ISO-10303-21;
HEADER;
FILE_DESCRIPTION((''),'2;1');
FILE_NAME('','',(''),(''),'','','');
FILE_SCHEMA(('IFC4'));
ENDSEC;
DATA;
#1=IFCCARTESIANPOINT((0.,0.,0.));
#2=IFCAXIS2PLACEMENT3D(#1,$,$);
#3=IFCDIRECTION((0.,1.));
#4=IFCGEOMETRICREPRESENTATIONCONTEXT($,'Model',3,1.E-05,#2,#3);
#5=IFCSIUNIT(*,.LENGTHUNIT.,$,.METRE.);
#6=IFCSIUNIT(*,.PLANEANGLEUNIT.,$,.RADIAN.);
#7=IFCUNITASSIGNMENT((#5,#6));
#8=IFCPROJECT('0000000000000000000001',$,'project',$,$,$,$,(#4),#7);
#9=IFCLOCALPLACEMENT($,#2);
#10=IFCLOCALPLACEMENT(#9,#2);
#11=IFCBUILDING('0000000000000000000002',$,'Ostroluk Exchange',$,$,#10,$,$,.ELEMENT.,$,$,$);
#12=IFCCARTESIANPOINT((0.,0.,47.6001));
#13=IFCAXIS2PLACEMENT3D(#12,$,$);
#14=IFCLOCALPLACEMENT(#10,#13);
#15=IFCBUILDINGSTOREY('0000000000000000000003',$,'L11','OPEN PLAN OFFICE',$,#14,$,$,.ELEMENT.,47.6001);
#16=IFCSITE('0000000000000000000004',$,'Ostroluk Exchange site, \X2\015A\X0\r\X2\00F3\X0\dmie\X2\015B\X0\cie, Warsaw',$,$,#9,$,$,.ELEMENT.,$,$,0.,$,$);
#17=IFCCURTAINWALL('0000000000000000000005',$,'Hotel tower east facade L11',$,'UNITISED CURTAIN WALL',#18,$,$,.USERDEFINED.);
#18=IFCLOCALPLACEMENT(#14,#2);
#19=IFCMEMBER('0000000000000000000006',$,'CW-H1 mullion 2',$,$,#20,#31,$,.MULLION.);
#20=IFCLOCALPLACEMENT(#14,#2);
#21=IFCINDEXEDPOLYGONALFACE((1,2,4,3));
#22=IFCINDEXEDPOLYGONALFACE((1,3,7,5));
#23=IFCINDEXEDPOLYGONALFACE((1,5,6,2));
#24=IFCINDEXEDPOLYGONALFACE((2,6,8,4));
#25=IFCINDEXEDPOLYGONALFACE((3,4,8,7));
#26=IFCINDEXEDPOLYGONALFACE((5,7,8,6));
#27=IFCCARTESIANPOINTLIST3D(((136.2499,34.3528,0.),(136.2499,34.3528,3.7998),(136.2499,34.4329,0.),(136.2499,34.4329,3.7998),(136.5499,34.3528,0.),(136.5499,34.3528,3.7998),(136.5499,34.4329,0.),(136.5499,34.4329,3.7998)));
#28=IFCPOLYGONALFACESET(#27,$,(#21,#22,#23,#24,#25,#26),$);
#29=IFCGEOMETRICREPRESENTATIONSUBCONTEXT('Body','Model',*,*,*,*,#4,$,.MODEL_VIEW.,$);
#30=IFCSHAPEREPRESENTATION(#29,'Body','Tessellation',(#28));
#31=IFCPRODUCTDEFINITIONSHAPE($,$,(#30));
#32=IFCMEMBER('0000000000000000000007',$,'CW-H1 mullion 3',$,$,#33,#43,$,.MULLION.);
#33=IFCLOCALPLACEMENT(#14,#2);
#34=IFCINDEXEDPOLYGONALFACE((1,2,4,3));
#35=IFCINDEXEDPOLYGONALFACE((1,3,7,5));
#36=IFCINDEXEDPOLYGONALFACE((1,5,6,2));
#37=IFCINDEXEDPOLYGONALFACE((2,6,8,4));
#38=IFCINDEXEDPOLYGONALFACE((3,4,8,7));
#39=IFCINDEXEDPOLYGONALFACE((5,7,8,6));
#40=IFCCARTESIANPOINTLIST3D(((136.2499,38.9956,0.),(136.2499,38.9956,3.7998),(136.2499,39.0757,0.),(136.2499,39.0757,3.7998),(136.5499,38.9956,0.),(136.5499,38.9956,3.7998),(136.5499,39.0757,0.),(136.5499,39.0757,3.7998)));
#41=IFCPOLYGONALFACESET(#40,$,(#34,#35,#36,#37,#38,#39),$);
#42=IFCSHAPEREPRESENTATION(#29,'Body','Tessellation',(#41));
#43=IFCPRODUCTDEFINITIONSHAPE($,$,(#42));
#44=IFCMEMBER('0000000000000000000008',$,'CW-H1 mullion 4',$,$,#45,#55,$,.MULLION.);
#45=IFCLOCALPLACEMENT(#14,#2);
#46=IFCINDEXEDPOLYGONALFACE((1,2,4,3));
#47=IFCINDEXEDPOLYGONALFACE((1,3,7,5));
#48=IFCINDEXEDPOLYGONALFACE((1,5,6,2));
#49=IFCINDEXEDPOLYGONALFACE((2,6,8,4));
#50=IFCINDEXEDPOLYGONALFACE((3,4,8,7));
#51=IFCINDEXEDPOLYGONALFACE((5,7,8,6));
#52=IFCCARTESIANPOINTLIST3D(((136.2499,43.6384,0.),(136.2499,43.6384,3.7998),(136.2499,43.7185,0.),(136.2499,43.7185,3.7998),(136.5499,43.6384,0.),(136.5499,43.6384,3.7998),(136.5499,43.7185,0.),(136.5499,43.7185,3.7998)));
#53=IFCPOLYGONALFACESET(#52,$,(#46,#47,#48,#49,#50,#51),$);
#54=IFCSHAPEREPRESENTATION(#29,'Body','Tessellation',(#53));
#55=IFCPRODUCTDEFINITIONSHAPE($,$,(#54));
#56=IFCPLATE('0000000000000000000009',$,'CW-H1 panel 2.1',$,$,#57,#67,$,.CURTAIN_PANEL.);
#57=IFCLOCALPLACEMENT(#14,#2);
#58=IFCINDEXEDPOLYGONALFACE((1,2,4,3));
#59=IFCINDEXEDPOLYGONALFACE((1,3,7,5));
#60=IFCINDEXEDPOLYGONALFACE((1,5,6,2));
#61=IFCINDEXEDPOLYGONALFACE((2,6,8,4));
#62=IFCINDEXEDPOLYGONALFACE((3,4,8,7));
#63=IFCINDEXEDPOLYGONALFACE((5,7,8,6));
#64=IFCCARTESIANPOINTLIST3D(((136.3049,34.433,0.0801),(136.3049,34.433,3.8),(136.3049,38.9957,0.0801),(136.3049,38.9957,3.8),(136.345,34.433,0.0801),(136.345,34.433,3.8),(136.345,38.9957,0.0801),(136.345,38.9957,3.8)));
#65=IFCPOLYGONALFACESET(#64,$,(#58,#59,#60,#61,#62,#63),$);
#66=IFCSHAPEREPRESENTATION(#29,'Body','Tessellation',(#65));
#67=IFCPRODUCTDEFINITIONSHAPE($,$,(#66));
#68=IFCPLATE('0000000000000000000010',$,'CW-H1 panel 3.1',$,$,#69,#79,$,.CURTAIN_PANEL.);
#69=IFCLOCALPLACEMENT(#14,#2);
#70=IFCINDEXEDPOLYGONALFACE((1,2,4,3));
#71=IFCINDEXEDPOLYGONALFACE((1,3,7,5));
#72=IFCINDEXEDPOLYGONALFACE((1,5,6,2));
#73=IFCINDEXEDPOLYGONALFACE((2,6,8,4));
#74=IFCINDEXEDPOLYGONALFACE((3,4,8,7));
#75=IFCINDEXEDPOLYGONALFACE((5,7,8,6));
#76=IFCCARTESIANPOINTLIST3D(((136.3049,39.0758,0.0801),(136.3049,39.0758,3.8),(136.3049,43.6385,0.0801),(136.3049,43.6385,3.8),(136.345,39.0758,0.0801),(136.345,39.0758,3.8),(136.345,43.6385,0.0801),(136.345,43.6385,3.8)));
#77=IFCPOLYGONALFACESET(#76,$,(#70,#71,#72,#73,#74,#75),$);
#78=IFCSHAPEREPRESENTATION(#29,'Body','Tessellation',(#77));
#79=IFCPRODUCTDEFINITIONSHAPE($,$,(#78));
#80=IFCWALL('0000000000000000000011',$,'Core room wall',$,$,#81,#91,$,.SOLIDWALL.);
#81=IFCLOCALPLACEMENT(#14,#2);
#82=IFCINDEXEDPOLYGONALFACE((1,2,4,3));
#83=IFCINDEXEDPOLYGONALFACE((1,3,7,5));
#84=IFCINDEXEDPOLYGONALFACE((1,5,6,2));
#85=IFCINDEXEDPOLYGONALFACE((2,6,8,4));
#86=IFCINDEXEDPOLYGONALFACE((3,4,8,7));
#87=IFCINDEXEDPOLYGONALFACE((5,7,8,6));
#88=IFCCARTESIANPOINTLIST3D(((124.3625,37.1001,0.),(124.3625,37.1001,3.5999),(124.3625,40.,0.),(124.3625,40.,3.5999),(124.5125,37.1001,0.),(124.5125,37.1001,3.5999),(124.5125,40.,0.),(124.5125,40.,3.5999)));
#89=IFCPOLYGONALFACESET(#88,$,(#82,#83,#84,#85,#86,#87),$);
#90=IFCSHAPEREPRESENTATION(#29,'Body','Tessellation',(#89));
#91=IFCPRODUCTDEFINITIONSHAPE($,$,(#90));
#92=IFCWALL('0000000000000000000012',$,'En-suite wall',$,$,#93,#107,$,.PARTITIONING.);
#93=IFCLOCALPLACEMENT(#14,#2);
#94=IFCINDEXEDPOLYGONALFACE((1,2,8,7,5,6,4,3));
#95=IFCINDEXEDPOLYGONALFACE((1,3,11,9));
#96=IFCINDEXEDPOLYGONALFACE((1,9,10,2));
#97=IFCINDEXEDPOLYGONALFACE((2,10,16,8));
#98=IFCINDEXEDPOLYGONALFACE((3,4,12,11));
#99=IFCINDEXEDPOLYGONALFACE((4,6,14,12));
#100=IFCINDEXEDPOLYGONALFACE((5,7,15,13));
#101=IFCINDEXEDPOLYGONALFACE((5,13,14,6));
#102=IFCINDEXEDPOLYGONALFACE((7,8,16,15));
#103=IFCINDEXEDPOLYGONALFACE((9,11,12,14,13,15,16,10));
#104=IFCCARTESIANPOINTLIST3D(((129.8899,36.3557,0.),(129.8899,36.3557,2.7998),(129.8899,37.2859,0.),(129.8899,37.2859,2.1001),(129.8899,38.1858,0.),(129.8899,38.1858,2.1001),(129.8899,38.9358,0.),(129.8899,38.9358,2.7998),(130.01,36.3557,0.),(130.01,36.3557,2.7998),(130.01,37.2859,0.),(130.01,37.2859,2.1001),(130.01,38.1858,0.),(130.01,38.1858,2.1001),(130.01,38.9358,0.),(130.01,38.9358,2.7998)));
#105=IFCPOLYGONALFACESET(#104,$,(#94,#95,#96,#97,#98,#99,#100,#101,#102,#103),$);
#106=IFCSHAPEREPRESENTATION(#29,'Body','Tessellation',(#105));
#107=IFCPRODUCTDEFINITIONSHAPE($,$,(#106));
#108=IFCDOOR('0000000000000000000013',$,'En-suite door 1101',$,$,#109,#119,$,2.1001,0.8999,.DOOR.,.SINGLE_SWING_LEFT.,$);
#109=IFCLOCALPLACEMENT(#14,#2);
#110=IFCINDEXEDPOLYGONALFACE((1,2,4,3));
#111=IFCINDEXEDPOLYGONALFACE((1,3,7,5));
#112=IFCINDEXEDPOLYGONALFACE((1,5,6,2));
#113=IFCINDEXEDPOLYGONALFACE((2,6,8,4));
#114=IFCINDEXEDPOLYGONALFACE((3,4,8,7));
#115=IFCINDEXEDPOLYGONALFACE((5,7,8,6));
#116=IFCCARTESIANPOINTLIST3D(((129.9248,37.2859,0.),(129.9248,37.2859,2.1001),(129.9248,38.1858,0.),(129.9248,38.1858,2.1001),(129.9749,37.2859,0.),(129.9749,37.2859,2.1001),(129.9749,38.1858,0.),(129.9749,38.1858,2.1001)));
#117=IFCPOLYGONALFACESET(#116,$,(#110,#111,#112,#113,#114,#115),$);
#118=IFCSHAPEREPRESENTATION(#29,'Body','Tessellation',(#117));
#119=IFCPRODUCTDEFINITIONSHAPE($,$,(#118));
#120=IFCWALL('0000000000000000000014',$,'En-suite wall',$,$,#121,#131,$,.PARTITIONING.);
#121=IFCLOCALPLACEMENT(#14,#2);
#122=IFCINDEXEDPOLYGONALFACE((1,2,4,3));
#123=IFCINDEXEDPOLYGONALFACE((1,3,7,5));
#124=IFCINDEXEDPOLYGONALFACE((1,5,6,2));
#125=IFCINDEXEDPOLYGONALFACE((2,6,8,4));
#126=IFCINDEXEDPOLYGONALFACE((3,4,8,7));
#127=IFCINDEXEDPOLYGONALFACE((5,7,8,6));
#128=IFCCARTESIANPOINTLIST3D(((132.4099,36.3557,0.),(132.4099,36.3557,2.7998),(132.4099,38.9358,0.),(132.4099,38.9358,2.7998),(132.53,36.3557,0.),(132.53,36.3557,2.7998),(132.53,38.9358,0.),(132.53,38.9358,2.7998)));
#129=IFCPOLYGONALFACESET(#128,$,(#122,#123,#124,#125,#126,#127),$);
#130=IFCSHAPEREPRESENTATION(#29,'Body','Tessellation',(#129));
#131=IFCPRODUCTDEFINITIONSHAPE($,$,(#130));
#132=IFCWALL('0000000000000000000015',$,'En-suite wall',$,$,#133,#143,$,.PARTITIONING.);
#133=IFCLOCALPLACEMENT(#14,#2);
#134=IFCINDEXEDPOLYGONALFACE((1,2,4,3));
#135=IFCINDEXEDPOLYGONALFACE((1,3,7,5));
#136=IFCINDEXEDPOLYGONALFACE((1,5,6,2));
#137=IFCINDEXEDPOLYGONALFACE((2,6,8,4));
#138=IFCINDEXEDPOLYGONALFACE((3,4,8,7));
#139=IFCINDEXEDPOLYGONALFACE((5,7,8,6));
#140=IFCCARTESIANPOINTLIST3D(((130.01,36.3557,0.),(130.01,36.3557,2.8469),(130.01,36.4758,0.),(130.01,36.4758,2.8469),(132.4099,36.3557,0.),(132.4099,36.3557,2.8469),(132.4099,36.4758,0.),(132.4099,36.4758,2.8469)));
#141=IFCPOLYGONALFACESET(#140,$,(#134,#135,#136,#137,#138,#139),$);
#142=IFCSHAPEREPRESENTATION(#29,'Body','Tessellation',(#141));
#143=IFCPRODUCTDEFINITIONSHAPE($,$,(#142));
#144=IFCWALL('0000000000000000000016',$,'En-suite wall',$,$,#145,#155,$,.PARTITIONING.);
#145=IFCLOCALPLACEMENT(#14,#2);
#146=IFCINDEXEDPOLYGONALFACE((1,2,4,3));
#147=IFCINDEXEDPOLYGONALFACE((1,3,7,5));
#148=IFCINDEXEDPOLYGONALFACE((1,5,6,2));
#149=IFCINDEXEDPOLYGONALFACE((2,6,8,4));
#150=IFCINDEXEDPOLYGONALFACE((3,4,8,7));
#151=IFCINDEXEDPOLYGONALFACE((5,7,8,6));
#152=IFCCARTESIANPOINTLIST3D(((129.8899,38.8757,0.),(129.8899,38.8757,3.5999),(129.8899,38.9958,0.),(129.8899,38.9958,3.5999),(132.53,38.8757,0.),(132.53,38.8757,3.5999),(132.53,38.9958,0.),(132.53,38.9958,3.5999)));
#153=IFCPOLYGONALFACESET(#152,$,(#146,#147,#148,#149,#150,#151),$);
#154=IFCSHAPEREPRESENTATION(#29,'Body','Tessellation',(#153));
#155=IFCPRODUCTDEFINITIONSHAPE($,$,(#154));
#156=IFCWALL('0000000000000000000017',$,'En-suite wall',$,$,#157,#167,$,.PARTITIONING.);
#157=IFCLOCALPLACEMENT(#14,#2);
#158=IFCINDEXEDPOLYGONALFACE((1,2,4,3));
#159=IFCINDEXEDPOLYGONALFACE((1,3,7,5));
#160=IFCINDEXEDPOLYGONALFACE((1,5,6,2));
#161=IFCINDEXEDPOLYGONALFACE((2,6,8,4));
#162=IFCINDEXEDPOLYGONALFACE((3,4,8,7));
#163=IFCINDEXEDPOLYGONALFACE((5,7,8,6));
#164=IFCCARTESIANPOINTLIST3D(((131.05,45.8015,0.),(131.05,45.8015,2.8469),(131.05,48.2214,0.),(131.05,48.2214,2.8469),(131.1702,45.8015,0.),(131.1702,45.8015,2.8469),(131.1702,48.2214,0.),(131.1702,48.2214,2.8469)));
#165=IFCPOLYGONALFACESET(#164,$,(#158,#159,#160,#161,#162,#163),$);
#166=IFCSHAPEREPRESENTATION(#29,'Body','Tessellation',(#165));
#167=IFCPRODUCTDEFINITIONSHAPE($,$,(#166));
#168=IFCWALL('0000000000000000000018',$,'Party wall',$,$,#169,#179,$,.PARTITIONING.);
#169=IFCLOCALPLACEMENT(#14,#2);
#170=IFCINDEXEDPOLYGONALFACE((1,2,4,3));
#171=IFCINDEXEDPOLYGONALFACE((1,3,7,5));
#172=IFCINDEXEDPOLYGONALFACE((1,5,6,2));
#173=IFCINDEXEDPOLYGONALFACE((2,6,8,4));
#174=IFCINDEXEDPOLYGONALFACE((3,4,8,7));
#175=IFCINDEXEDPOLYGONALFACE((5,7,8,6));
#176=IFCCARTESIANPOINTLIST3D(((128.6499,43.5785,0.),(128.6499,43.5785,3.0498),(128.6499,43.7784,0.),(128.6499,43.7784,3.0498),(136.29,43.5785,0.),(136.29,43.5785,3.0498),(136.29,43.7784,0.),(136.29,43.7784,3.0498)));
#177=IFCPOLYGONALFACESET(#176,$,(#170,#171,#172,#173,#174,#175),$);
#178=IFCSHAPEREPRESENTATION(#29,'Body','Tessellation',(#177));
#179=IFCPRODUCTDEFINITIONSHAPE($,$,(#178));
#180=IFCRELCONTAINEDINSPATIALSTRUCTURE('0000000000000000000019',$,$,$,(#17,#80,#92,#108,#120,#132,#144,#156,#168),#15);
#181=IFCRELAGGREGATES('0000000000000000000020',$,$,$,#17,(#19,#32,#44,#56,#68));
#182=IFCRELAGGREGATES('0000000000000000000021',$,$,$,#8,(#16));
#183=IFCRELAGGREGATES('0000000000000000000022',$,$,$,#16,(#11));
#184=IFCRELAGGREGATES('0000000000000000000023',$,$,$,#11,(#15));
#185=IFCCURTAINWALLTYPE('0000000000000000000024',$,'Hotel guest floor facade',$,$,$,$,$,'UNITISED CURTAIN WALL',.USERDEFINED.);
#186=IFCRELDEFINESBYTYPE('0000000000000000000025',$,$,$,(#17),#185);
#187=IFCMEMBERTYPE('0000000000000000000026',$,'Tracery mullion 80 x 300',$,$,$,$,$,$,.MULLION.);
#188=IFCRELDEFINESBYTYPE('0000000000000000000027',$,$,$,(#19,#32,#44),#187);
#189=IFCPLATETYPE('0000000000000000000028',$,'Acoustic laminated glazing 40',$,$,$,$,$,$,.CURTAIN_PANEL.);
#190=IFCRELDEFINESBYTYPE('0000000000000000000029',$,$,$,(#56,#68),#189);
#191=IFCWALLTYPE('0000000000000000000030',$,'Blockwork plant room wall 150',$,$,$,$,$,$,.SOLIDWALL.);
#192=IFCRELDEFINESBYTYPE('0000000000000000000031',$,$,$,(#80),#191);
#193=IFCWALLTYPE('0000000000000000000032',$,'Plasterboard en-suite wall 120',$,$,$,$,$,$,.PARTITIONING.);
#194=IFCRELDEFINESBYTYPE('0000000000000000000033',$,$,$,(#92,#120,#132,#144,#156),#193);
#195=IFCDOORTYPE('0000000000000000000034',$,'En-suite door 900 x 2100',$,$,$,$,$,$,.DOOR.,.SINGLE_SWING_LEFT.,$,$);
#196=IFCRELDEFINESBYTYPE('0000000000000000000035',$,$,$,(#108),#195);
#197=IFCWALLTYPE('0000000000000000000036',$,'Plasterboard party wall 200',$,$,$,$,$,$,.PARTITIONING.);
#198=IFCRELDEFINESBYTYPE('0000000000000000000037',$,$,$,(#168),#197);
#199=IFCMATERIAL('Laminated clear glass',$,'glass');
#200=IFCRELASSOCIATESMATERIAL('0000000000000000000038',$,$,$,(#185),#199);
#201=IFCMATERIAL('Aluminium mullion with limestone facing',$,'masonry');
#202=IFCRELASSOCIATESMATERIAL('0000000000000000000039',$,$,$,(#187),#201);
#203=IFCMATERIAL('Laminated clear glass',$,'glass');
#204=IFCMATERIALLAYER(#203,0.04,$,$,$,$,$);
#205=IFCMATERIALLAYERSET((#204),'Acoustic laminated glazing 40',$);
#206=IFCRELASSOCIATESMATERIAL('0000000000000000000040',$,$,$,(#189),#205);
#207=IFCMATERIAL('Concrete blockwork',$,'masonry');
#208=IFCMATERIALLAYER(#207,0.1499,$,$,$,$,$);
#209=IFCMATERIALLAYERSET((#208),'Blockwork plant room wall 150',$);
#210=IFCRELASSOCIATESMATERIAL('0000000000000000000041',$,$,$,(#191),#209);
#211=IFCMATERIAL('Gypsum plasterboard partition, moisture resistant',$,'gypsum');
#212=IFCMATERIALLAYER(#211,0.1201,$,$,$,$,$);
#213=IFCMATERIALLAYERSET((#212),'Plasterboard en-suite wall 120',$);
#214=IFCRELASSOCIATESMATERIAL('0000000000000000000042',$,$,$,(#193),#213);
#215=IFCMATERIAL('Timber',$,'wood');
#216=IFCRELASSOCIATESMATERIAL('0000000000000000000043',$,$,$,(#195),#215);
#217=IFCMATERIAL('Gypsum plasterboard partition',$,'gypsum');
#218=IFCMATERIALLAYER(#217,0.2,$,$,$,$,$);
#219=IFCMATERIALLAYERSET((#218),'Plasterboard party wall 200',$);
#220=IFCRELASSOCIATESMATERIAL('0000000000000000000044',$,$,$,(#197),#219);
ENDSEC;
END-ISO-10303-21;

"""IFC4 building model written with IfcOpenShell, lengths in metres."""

from ifc_helpers import new_model, si_unit, direction, frame, frame_2d, origin, origin_2d, place, context, subcontext, project, spatial, rectangle, extrude, material, layer, layer_set, material_profile, profile_set, type_object, element, fill, aggregate, save


model = new_model("IFC4")

# Units and contexts
model_context = context("Model", 3, precision=1e-05, world=origin(), true_north=direction((0.0, 1.0)))
body_context = subcontext(model_context, "Body", "Model", "MODEL_VIEW")
ifc_project = project(units=[si_unit("LENGTHUNIT", "METRE"), si_unit("PLANEANGLEUNIT", "RADIAN")], contexts=[model_context])

# Site, building, storey
site_placement = place(None, origin())
site = spatial("IfcSite", under=ifc_project, at=site_placement, Name="Ostroluk Exchange site, Śródmieście, Warsaw", CompositionType="ELEMENT", RefElevation=0.0)
building_placement = place(site_placement, origin())
building = spatial("IfcBuilding", under=site, at=building_placement, Name="Ostroluk Exchange", CompositionType="ELEMENT")
storey_placement = place(building_placement, frame((0.0, 0.0, 47.6001)))
storey = spatial("IfcBuildingStorey", under=building, at=storey_placement, Name="L11", Description="OPEN PLAN OFFICE", CompositionType="ELEMENT", Elevation=47.6001)

# Curtain wall, members, plates
ifc_material_1 = material(Name="Laminated clear glass", Category="glass")
curtain_wall_type = type_object("IfcCurtainWallType", Name="Hotel guest floor facade", ElementType="UNITISED CURTAIN WALL", PredefinedType="USERDEFINED", material=ifc_material_1)
curtain_wall_placement = place(storey_placement, origin())
curtain_wall = element("IfcCurtainWall", 1, at=curtain_wall_placement, inside=storey, type_object=curtain_wall_type, Name="Hotel tower east facade L11", ObjectType="UNITISED CURTAIN WALL", PredefinedType="USERDEFINED")
ifc_material_2 = material(Name="Aluminium mullion with limestone facing", Category="masonry")
ifc_material_profile_1 = material_profile(ifc_material_2, rectangle(XDim=0.3, YDim=0.0801, at=origin_2d()), Name="Tracery mullion 80 x 300")
ifc_profile_set_1 = profile_set([ifc_material_profile_1], Name="Aluminium mullion with limestone facing")
member_type_1 = type_object("IfcMemberType", Name="Tracery mullion 80 x 300", PredefinedType="MULLION", material=ifc_profile_set_1)
member_1_placement = place(storey_placement, frame((136.3999, 34.3928, 0.0), z_axis=(0.0, 0.0, 1.0), x_axis=(-1.0, 0.0, 0.0)))
member_1 = element("IfcMember", 2, at=member_1_placement, type_object=member_type_1, Name="CW-H1 mullion 2", PredefinedType="MULLION", context=body_context, shape_type="SweptSolid", body=[
    extrude(rectangle(XDim=0.3, YDim=0.0801, at=origin_2d()), origin(), (0.0, 0.0, 1.0), 3.7998),
])
member_2_placement = place(storey_placement, frame((136.3999, 39.0356, 0.0), z_axis=(0.0, 0.0, 1.0), x_axis=(-1.0, 0.0, 0.0)))
member_2 = element("IfcMember", 3, at=member_2_placement, type_object=member_type_1, Name="CW-H1 mullion 3", PredefinedType="MULLION", context=body_context, shape_type="SweptSolid", body=[
    extrude(rectangle(XDim=0.3, YDim=0.0801, at=origin_2d()), origin(), (0.0, 0.0, 1.0), 3.7998),
])
member_3_placement = place(storey_placement, frame((136.3999, 43.6785, 0.0), z_axis=(0.0, 0.0, 1.0), x_axis=(-1.0, 0.0, 0.0)))
member_3 = element("IfcMember", 4, at=member_3_placement, type_object=member_type_1, Name="CW-H1 mullion 4", PredefinedType="MULLION", context=body_context, shape_type="SweptSolid", body=[
    extrude(rectangle(XDim=0.3, YDim=0.0801, at=origin_2d()), origin(), (0.0, 0.0, 1.0), 3.7998),
])
ifc_material_3 = material(Name="Laminated clear glass", Category="glass")
ifc_layer_1 = layer(ifc_material_3, 0.04)
ifc_layer_set_1 = layer_set([ifc_layer_1], Name="Acoustic laminated glazing 40")
plate_type = type_object("IfcPlateType", Name="Acoustic laminated glazing 40", PredefinedType="CURTAIN_PANEL", material=ifc_layer_set_1)
plate_1_placement = place(storey_placement, frame((136.325, 36.7144, 0.0801), z_axis=(0.0, 0.0, 1.0), x_axis=(0.0, 1.0, 0.0)))
plate_1 = element("IfcPlate", 5, at=plate_1_placement, type_object=plate_type, Name="CW-H1 panel 2.1", PredefinedType="CURTAIN_PANEL", context=body_context, shape_type="SweptSolid", body=[
    extrude(rectangle(XDim=4.5627, YDim=0.04, at=origin_2d()), origin(), (0.0, 0.0, 1.0), 3.72),
])
plate_2_placement = place(storey_placement, frame((136.325, 41.3572, 0.0801), z_axis=(0.0, 0.0, 1.0), x_axis=(0.0, 1.0, 0.0)))
plate_2 = element("IfcPlate", 6, at=plate_2_placement, type_object=plate_type, Name="CW-H1 panel 3.1", PredefinedType="CURTAIN_PANEL", context=body_context, shape_type="SweptSolid", body=[
    extrude(rectangle(XDim=4.5627, YDim=0.04, at=origin_2d()), origin(), (0.0, 0.0, 1.0), 3.72),
])
aggregate(curtain_wall, [member_1, member_2, member_3, plate_1, plate_2])

# Wall
ifc_material_4 = material(Name="Concrete blockwork", Category="masonry")
ifc_layer_2 = layer(ifc_material_4, 0.1499)
ifc_layer_set_2 = layer_set([ifc_layer_2], Name="Blockwork plant room wall 150")
wall_type_1 = type_object("IfcWallType", Name="Blockwork plant room wall 150", PredefinedType="SOLIDWALL", material=ifc_layer_set_2)
wall_1_placement = place(storey_placement, frame((124.4375, 37.1001, 0.0), z_axis=(0.0, 0.0, 1.0), x_axis=(0.0, 1.0, 0.0)))
element("IfcWall", 7, at=wall_1_placement, inside=storey, type_object=wall_type_1, Name="Core room wall", PredefinedType="SOLIDWALL", context=body_context, shape_type="SweptSolid", body=[
    extrude(rectangle(XDim=2.8999, YDim=0.1499, at=frame_2d((1.45, 0.0))), origin(), (0.0, 0.0, 1.0), 3.5999),
])

# Wall, opening, door
ifc_material_5 = material(Name="Gypsum plasterboard partition, moisture resistant", Category="gypsum")
ifc_layer_3 = layer(ifc_material_5, 0.1201)
ifc_layer_set_3 = layer_set([ifc_layer_3], Name="Plasterboard en-suite wall 120")
wall_type_2 = type_object("IfcWallType", Name="Plasterboard en-suite wall 120", PredefinedType="PARTITIONING", material=ifc_layer_set_3)
wall_2_placement = place(storey_placement, frame((129.95, 38.9358, 0.0), z_axis=(0.0, 0.0, 1.0), x_axis=(0.0, -1.0, 0.0)))
wall_2 = element("IfcWall", 8, at=wall_2_placement, inside=storey, type_object=wall_type_2, Name="En-suite wall", PredefinedType="PARTITIONING", context=body_context, shape_type="SweptSolid", body=[
    extrude(rectangle(XDim=2.5801, YDim=0.1201, at=frame_2d((1.29, 0.0))), origin(), (0.0, 0.0, 1.0), 2.7998),
])
opening_1_placement = place(wall_2_placement, frame((0.75, 0.0, 0.0)))
opening_1 = element("IfcOpeningElement", 9, at=opening_1_placement, cuts=wall_2, PredefinedType="OPENING", context=body_context, shape_type="SweptSolid", body=[
    extrude(rectangle(XDim=0.8999, YDim=2.1001, at=frame_2d((0.45, 1.05))), frame((0.0, 0.0701, 0.0), z_axis=(0.0, -1.0, 0.0), x_axis=(1.0, 0.0, 0.0)), (0.0, 0.0, 1.0), 0.1401),
])
ifc_material_6 = material(Name="Timber", Category="wood")
door_type_1 = type_object("IfcDoorType", Name="En-suite door 900 x 2100", OperationType="SINGLE_SWING_LEFT", PredefinedType="DOOR", material=ifc_material_6)
door_1_placement = place(opening_1_placement, origin())
door_1 = element("IfcDoor", 10, at=door_1_placement, inside=storey, type_object=door_type_1, Name="En-suite door 1101", OperationType="SINGLE_SWING_LEFT", OverallHeight=2.1001, OverallWidth=0.8999, PredefinedType="DOOR", context=body_context, shape_type="SweptSolid", body=[
    extrude(rectangle(XDim=0.8999, YDim=2.1001, at=frame_2d((0.45, 1.05))), frame((0.0, 0.0249, 0.0), z_axis=(0.0, -1.0, 0.0), x_axis=(1.0, 0.0, 0.0)), (0.0, 0.0, 1.0), 0.05),
])
fill(opening_1, door_1)

# Walls
wall_3_placement = place(storey_placement, frame((132.47, 38.9358, 0.0), z_axis=(0.0, 0.0, 1.0), x_axis=(0.0, -1.0, 0.0)))
element("IfcWall", 11, at=wall_3_placement, inside=storey, type_object=wall_type_2, Name="En-suite wall", PredefinedType="PARTITIONING", context=body_context, shape_type="SweptSolid", body=[
    extrude(rectangle(XDim=2.5801, YDim=0.1201, at=frame_2d((1.29, 0.0))), origin(), (0.0, 0.0, 1.0), 2.7998),
])
wall_4_placement = place(storey_placement, frame((130.01, 36.4158, 0.0), z_axis=(0.0, 0.0, 1.0), x_axis=(1.0, 0.0, 0.0)))
element("IfcWall", 12, at=wall_4_placement, inside=storey, type_object=wall_type_2, Name="En-suite wall", PredefinedType="PARTITIONING", context=body_context, shape_type="SweptSolid", body=[
    extrude(rectangle(XDim=2.3999, YDim=0.1201, at=frame_2d((1.2, 0.0))), origin(), (0.0, 0.0, 1.0), 2.8469),
])
wall_5_placement = place(storey_placement, frame((129.8899, 38.9358, 0.0), z_axis=(0.0, 0.0, 1.0), x_axis=(1.0, 0.0, 0.0)))
element("IfcWall", 13, at=wall_5_placement, inside=storey, type_object=wall_type_2, Name="En-suite wall", PredefinedType="PARTITIONING", context=body_context, shape_type="SweptSolid", body=[
    extrude(rectangle(XDim=2.6401, YDim=0.1201, at=frame_2d((1.3201, 0.0))), origin(), (0.0, 0.0, 1.0), 3.5999),
])
wall_6_placement = place(storey_placement, frame((131.1101, 45.8015, 0.0), z_axis=(0.0, 0.0, 1.0), x_axis=(0.0, 1.0, 0.0)))
element("IfcWall", 14, at=wall_6_placement, inside=storey, type_object=wall_type_2, Name="En-suite wall", PredefinedType="PARTITIONING", context=body_context, shape_type="SweptSolid", body=[
    extrude(rectangle(XDim=2.4199, YDim=0.1201, at=frame_2d((1.21, 0.0))), origin(), (0.0, 0.0, 1.0), 2.8469),
])
ifc_material_7 = material(Name="Gypsum plasterboard partition", Category="gypsum")
ifc_layer_4 = layer(ifc_material_7, 0.2)
ifc_layer_set_4 = layer_set([ifc_layer_4], Name="Plasterboard party wall 200")
wall_type_3 = type_object("IfcWallType", Name="Plasterboard party wall 200", PredefinedType="PARTITIONING", material=ifc_layer_set_4)
wall_7_placement = place(storey_placement, frame((128.6499, 43.6785, 0.0), z_axis=(0.0, 0.0, 1.0), x_axis=(1.0, 0.0, 0.0)))
element("IfcWall", 15, at=wall_7_placement, inside=storey, type_object=wall_type_3, Name="Party wall", PredefinedType="PARTITIONING", context=body_context, shape_type="SweptSolid", body=[
    extrude(rectangle(XDim=7.6401, YDim=0.2, at=frame_2d((3.8201, 0.0))), origin(), (0.0, 0.0, 1.0), 3.0498),
])

save(model, "model.ifc")
